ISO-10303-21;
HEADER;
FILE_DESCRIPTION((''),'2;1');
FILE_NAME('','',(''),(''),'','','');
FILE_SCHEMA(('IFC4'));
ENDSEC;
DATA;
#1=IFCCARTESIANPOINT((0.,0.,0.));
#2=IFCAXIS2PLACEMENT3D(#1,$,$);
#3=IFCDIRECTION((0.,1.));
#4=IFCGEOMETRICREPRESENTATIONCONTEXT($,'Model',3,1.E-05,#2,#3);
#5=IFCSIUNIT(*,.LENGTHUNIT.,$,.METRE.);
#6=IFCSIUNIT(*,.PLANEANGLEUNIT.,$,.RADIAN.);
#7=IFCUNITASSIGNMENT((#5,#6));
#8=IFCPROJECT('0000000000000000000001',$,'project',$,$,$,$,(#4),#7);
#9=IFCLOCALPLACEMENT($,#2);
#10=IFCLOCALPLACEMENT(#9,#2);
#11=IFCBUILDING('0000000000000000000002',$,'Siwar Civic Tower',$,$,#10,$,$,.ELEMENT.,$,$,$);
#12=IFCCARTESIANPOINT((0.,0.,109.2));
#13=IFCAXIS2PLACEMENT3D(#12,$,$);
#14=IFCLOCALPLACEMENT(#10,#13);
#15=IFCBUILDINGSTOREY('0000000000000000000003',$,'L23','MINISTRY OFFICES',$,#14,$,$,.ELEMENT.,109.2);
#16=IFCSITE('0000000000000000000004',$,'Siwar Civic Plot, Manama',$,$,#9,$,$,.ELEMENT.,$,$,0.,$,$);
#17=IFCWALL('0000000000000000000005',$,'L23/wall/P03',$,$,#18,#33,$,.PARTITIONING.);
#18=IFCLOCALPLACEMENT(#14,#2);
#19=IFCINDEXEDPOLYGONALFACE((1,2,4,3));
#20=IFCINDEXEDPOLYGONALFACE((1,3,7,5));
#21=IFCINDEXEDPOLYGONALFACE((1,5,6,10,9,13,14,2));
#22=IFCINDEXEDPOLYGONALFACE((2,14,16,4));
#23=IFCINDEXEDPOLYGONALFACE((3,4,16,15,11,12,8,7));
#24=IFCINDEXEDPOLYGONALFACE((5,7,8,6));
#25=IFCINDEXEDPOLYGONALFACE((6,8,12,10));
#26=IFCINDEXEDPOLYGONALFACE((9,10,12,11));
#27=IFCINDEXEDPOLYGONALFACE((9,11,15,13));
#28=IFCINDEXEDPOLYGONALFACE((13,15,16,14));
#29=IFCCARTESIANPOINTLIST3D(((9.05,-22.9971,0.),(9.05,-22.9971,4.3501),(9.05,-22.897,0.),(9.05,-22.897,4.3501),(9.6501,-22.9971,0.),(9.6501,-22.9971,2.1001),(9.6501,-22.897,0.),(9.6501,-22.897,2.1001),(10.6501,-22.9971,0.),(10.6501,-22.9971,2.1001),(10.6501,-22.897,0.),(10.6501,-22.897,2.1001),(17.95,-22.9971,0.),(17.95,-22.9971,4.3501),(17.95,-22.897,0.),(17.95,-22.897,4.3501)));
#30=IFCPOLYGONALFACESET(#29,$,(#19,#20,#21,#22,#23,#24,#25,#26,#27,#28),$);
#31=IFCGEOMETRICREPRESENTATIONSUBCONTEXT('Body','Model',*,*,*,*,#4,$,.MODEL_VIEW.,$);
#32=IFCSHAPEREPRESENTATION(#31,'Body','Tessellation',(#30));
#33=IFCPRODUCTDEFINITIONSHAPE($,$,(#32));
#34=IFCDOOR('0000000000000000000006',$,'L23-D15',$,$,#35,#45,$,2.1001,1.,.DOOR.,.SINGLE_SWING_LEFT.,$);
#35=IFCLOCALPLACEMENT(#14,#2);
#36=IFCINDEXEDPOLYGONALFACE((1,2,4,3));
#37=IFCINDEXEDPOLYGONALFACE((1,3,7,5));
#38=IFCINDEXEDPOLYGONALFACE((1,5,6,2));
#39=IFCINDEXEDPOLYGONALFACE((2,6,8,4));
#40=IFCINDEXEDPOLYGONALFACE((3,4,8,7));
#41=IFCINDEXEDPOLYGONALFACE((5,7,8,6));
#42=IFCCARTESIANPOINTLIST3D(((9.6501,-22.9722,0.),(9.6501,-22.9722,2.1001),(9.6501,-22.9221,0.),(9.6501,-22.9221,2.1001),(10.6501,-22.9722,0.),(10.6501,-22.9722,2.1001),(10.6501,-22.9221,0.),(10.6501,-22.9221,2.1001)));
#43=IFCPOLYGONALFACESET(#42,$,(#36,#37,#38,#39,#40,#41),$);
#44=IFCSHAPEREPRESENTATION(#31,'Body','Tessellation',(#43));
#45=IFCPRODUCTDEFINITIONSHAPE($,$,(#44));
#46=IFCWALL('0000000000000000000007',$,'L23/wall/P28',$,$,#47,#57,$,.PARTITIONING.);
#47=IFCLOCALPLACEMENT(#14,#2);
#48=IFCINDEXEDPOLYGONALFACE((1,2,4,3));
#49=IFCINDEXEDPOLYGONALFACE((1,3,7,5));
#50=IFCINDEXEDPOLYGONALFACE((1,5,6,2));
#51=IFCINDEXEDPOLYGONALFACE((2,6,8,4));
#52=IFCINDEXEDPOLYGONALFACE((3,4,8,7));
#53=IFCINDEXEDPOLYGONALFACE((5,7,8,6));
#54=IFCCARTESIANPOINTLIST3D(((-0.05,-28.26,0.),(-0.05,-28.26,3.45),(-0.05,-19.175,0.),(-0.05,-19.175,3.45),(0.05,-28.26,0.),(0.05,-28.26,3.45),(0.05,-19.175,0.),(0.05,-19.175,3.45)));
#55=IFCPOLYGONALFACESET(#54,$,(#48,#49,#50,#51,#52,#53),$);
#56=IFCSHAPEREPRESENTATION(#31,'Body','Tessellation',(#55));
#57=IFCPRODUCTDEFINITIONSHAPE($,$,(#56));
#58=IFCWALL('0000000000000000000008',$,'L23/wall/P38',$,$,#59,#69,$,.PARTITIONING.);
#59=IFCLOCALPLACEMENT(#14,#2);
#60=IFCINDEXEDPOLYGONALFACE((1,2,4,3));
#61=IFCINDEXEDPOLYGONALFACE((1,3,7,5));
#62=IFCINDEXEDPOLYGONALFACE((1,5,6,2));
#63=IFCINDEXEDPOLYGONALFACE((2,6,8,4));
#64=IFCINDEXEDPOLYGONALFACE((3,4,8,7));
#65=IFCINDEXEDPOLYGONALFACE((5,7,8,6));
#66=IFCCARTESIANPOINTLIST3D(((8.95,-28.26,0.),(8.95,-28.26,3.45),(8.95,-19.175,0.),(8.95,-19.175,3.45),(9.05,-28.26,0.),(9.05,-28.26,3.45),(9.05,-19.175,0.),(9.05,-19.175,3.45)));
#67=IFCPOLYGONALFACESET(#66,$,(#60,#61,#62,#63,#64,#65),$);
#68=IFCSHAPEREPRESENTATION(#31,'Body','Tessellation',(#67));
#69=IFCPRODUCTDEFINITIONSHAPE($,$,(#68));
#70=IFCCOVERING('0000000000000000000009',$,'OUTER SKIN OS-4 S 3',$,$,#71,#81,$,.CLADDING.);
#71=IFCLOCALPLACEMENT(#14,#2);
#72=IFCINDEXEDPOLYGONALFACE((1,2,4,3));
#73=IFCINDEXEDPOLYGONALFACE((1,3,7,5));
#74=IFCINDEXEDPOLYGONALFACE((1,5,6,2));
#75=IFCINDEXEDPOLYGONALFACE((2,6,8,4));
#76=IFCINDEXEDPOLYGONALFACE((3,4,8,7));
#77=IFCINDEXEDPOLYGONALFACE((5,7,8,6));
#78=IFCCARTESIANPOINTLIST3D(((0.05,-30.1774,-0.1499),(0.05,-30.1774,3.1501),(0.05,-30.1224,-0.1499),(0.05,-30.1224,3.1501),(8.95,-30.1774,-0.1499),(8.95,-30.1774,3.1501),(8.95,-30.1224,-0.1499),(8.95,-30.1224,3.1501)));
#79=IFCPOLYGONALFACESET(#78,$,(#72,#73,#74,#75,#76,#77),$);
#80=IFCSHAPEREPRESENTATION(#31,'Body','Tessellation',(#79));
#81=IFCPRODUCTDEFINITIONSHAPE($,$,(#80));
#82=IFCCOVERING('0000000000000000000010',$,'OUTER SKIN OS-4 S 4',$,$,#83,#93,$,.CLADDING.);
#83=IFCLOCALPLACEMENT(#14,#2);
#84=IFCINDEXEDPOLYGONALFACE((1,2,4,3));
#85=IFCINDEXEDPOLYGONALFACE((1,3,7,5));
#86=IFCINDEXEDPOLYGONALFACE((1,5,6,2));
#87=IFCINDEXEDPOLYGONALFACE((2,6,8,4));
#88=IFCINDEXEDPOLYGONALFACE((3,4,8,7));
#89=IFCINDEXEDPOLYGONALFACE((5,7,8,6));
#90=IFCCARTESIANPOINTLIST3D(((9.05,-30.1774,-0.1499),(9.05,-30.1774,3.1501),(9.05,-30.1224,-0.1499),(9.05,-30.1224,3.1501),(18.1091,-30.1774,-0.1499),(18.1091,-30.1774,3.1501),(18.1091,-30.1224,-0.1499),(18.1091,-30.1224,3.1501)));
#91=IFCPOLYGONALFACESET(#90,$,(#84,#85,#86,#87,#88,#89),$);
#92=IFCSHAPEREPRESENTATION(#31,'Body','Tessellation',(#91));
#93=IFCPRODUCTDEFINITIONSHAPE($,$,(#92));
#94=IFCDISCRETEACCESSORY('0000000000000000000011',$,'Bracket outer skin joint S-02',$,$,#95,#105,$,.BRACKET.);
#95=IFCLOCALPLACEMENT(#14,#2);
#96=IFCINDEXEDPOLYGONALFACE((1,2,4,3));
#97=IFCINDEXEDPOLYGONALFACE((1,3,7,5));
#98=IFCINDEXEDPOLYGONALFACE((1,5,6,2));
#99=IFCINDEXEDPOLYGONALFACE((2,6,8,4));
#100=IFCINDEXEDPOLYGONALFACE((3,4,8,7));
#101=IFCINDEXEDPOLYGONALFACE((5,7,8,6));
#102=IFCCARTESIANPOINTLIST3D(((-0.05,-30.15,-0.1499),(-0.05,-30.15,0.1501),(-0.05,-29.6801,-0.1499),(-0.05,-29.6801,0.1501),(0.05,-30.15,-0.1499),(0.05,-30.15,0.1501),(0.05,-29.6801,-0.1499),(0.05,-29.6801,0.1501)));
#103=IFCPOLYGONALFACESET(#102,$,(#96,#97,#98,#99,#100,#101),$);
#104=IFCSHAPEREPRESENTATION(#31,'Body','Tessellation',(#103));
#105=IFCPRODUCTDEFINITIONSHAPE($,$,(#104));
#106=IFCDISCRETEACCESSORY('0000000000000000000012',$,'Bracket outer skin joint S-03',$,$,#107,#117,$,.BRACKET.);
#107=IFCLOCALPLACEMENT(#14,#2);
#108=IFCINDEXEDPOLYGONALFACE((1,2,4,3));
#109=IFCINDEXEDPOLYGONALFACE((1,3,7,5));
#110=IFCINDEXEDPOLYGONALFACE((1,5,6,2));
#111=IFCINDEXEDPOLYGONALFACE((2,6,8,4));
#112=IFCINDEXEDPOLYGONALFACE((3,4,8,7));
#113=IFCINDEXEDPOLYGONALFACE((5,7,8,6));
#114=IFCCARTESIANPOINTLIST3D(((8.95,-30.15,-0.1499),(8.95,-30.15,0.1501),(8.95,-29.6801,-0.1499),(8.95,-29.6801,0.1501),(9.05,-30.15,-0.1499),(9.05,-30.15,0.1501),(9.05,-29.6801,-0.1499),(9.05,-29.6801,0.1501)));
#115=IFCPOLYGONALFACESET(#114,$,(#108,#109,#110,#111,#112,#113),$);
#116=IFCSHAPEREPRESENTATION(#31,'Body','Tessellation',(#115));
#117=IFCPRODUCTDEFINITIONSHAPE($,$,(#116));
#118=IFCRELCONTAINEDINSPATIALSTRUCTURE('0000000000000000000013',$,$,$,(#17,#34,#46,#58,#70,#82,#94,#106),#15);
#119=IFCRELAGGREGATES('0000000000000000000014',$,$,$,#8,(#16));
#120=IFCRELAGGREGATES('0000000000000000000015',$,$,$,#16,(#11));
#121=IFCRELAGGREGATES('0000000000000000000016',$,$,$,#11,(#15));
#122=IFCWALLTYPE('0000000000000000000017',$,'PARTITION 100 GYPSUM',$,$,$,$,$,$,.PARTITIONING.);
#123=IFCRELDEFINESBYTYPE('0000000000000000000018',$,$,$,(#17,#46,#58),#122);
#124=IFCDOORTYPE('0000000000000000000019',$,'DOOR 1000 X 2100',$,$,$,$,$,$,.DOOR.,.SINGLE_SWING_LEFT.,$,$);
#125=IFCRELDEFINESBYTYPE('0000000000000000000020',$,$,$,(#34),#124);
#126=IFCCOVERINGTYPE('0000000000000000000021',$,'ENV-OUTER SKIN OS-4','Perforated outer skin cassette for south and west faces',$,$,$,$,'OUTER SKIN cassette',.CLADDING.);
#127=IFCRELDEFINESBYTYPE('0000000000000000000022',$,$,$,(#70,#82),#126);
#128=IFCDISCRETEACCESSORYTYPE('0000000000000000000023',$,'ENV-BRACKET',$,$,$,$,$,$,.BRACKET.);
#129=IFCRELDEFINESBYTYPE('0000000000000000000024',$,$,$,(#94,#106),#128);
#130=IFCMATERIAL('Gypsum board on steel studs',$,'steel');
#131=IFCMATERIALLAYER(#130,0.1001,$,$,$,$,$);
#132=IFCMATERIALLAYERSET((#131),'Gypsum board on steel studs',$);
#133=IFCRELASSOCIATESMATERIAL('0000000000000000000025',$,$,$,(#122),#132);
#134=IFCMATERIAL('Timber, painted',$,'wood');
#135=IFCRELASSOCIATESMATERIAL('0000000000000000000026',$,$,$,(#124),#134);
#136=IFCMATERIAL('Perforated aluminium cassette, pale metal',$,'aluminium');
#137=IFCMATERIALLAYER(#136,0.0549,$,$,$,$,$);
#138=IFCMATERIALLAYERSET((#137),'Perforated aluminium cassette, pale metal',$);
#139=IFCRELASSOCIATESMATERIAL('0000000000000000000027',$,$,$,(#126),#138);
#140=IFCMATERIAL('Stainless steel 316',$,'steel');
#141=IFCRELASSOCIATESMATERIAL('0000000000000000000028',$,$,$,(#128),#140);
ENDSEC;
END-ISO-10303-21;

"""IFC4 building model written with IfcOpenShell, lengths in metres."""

from ifc_helpers import new_model, si_unit, direction, frame, frame_2d, origin, origin_2d, place, context, subcontext, project, spatial, rectangle, extrude, material, layer, layer_set, type_object, element, fill, save


model = new_model("IFC4")

# Units and contexts
model_context = context("Model", 3, precision=1e-05, world=origin(), true_north=direction((0.0, 1.0)))
body_context = subcontext(model_context, "Body", "Model", "MODEL_VIEW")
ifc_project = project(units=[si_unit("LENGTHUNIT", "METRE"), si_unit("PLANEANGLEUNIT", "RADIAN")], contexts=[model_context])

# Site, building, storey
site_placement = place(None, origin())
site = spatial("IfcSite", under=ifc_project, at=site_placement, Name="Siwar Civic Plot, Manama", CompositionType="ELEMENT", RefElevation=0.0)
building_placement = place(site_placement, origin())
building = spatial("IfcBuilding", under=site, at=building_placement, Name="Siwar Civic Tower", CompositionType="ELEMENT")
storey_placement = place(building_placement, frame((0.0, 0.0, 109.2)))
storey = spatial("IfcBuildingStorey", under=building, at=storey_placement, Name="L23", Description="MINISTRY OFFICES", CompositionType="ELEMENT", Elevation=109.2)

# Wall, opening, door
ifc_material_1 = material(Name="Gypsum board on steel studs", Category="steel")
ifc_layer_1 = layer(ifc_material_1, 0.1001)
ifc_layer_set_1 = layer_set([ifc_layer_1], Name="Gypsum board on steel studs")
wall_type_1 = type_object("IfcWallType", Name="PARTITION 100 GYPSUM", PredefinedType="PARTITIONING", material=ifc_layer_set_1)
ifc_material_2 = material(Name="Timber, painted", Category="wood")
door_type_1 = type_object("IfcDoorType", Name="DOOR 1000 X 2100", OperationType="SINGLE_SWING_LEFT", PredefinedType="DOOR", material=ifc_material_2)
wall_1_placement = place(storey_placement, frame((9.05, -22.947, 0.0), z_axis=(0.0, 0.0, 1.0), x_axis=(1.0, 0.0, 0.0)))
wall_1 = element("IfcWall", 1, at=wall_1_placement, inside=storey, type_object=wall_type_1, Name="L23/wall/P03", PredefinedType="PARTITIONING", context=body_context, shape_type="SweptSolid", body=[
    extrude(rectangle(XDim=8.8999, YDim=0.1001, at=frame_2d((4.45, 0.0))), origin(), (0.0, 0.0, 1.0), 4.3501),
])
opening_1_placement = place(wall_1_placement, frame((0.6001, 0.0, 0.0)))
opening_1 = element("IfcOpeningElement", 2, at=opening_1_placement, cuts=wall_1, PredefinedType="OPENING", context=body_context, shape_type="SweptSolid", body=[
    extrude(rectangle(XDim=1.0, YDim=2.1001, at=frame_2d((0.5, 1.05))), frame((0.0, 0.0601, 0.0), z_axis=(0.0, -1.0, 0.0), x_axis=(1.0, 0.0, 0.0)), (0.0, 0.0, 1.0), 0.1201),
])
door_1_placement = place(opening_1_placement, origin())
door_1 = element("IfcDoor", 3, at=door_1_placement, inside=storey, type_object=door_type_1, Name="L23-D15", OperationType="SINGLE_SWING_LEFT", OverallHeight=2.1001, OverallWidth=1.0, PredefinedType="DOOR", context=body_context, shape_type="SweptSolid", body=[
    extrude(rectangle(XDim=1.0, YDim=2.1001, at=frame_2d((0.5, 1.05))), frame((0.0, 0.0249, 0.0), z_axis=(0.0, -1.0, 0.0), x_axis=(1.0, 0.0, 0.0)), (0.0, 0.0, 1.0), 0.05),
])
fill(opening_1, door_1)

# Walls
for number, where, z_axis, x_axis, name in (
    (4, (0.0, -28.26, 0.0), (0.0, 0.0, 1.0), (0.0, 1.0, 0.0), "L23/wall/P28"),
    (5, (9.0, -28.26, 0.0), (0.0, 0.0, 1.0), (0.0, 1.0, 0.0), "L23/wall/P38"),
):
    element("IfcWall", number, at=place(storey_placement, frame(where, z_axis=z_axis, x_axis=x_axis)), inside=storey, type_object=wall_type_1, Name=name, PredefinedType="PARTITIONING", context=body_context, shape_type="SweptSolid", body=[
        extrude(rectangle(XDim=9.085, YDim=0.1001, at=frame_2d((4.5425, 0.0))), origin(), (0.0, 0.0, 1.0), 3.45),
    ])

# Coverings
ifc_material_3 = material(Name="Perforated aluminium cassette, pale metal", Category="aluminium")
ifc_layer_2 = layer(ifc_material_3, 0.0549)
ifc_layer_set_2 = layer_set([ifc_layer_2], Name="Perforated aluminium cassette, pale metal")
covering_type = type_object("IfcCoveringType", Name="ENV-OUTER SKIN OS-4", Description="Perforated outer skin cassette for south and west faces", ElementType="OUTER SKIN cassette", PredefinedType="CLADDING", material=ifc_layer_set_2)
covering_1_placement = place(storey_placement, frame((4.5, -30.1499, -0.1499), z_axis=(0.0, 0.0, 1.0), x_axis=(1.0, 0.0, 0.0)))
element("IfcCovering", 6, at=covering_1_placement, inside=storey, type_object=covering_type, Name="OUTER SKIN OS-4 S 3", PredefinedType="CLADDING", context=body_context, shape_type="SweptSolid", body=[
    extrude(rectangle(XDim=8.8999, YDim=0.0549, at=origin_2d()), origin(), (0.0, 0.0, 1.0), 3.3),
])
covering_2_placement = place(storey_placement, frame((13.5796, -30.1499, -0.1499), z_axis=(0.0, 0.0, 1.0), x_axis=(1.0, 0.0, 0.0)))
element("IfcCovering", 7, at=covering_2_placement, inside=storey, type_object=covering_type, Name="OUTER SKIN OS-4 S 4", PredefinedType="CLADDING", context=body_context, shape_type="SweptSolid", body=[
    extrude(rectangle(XDim=9.0591, YDim=0.0549, at=origin_2d()), origin(), (0.0, 0.0, 1.0), 3.3),
])

# Discrete accessories
ifc_material_4 = material(Name="Stainless steel 316", Category="steel")
discrete_accessory_type = type_object("IfcDiscreteAccessoryType", Name="ENV-BRACKET", PredefinedType="BRACKET", material=ifc_material_4)
for number, where, z_axis, x_axis, name in (
    (8, (0.0, -29.915, -0.1499), (0.0, 0.0, 1.0), (0.0, -1.0, 0.0), "Bracket outer skin joint S-02"),
    (9, (9.0, -29.915, -0.1499), (0.0, 0.0, 1.0), (0.0, -1.0, 0.0), "Bracket outer skin joint S-03"),
):
    element("IfcDiscreteAccessory", number, at=place(storey_placement, frame(where, z_axis=z_axis, x_axis=x_axis)), inside=storey, type_object=discrete_accessory_type, Name=name, PredefinedType="BRACKET", context=body_context, shape_type="SweptSolid", body=[
        extrude(rectangle(XDim=0.47, YDim=0.1001, at=origin_2d()), origin(), (0.0, 0.0, 1.0), 0.3),
    ])

save(model, "model.ifc")
